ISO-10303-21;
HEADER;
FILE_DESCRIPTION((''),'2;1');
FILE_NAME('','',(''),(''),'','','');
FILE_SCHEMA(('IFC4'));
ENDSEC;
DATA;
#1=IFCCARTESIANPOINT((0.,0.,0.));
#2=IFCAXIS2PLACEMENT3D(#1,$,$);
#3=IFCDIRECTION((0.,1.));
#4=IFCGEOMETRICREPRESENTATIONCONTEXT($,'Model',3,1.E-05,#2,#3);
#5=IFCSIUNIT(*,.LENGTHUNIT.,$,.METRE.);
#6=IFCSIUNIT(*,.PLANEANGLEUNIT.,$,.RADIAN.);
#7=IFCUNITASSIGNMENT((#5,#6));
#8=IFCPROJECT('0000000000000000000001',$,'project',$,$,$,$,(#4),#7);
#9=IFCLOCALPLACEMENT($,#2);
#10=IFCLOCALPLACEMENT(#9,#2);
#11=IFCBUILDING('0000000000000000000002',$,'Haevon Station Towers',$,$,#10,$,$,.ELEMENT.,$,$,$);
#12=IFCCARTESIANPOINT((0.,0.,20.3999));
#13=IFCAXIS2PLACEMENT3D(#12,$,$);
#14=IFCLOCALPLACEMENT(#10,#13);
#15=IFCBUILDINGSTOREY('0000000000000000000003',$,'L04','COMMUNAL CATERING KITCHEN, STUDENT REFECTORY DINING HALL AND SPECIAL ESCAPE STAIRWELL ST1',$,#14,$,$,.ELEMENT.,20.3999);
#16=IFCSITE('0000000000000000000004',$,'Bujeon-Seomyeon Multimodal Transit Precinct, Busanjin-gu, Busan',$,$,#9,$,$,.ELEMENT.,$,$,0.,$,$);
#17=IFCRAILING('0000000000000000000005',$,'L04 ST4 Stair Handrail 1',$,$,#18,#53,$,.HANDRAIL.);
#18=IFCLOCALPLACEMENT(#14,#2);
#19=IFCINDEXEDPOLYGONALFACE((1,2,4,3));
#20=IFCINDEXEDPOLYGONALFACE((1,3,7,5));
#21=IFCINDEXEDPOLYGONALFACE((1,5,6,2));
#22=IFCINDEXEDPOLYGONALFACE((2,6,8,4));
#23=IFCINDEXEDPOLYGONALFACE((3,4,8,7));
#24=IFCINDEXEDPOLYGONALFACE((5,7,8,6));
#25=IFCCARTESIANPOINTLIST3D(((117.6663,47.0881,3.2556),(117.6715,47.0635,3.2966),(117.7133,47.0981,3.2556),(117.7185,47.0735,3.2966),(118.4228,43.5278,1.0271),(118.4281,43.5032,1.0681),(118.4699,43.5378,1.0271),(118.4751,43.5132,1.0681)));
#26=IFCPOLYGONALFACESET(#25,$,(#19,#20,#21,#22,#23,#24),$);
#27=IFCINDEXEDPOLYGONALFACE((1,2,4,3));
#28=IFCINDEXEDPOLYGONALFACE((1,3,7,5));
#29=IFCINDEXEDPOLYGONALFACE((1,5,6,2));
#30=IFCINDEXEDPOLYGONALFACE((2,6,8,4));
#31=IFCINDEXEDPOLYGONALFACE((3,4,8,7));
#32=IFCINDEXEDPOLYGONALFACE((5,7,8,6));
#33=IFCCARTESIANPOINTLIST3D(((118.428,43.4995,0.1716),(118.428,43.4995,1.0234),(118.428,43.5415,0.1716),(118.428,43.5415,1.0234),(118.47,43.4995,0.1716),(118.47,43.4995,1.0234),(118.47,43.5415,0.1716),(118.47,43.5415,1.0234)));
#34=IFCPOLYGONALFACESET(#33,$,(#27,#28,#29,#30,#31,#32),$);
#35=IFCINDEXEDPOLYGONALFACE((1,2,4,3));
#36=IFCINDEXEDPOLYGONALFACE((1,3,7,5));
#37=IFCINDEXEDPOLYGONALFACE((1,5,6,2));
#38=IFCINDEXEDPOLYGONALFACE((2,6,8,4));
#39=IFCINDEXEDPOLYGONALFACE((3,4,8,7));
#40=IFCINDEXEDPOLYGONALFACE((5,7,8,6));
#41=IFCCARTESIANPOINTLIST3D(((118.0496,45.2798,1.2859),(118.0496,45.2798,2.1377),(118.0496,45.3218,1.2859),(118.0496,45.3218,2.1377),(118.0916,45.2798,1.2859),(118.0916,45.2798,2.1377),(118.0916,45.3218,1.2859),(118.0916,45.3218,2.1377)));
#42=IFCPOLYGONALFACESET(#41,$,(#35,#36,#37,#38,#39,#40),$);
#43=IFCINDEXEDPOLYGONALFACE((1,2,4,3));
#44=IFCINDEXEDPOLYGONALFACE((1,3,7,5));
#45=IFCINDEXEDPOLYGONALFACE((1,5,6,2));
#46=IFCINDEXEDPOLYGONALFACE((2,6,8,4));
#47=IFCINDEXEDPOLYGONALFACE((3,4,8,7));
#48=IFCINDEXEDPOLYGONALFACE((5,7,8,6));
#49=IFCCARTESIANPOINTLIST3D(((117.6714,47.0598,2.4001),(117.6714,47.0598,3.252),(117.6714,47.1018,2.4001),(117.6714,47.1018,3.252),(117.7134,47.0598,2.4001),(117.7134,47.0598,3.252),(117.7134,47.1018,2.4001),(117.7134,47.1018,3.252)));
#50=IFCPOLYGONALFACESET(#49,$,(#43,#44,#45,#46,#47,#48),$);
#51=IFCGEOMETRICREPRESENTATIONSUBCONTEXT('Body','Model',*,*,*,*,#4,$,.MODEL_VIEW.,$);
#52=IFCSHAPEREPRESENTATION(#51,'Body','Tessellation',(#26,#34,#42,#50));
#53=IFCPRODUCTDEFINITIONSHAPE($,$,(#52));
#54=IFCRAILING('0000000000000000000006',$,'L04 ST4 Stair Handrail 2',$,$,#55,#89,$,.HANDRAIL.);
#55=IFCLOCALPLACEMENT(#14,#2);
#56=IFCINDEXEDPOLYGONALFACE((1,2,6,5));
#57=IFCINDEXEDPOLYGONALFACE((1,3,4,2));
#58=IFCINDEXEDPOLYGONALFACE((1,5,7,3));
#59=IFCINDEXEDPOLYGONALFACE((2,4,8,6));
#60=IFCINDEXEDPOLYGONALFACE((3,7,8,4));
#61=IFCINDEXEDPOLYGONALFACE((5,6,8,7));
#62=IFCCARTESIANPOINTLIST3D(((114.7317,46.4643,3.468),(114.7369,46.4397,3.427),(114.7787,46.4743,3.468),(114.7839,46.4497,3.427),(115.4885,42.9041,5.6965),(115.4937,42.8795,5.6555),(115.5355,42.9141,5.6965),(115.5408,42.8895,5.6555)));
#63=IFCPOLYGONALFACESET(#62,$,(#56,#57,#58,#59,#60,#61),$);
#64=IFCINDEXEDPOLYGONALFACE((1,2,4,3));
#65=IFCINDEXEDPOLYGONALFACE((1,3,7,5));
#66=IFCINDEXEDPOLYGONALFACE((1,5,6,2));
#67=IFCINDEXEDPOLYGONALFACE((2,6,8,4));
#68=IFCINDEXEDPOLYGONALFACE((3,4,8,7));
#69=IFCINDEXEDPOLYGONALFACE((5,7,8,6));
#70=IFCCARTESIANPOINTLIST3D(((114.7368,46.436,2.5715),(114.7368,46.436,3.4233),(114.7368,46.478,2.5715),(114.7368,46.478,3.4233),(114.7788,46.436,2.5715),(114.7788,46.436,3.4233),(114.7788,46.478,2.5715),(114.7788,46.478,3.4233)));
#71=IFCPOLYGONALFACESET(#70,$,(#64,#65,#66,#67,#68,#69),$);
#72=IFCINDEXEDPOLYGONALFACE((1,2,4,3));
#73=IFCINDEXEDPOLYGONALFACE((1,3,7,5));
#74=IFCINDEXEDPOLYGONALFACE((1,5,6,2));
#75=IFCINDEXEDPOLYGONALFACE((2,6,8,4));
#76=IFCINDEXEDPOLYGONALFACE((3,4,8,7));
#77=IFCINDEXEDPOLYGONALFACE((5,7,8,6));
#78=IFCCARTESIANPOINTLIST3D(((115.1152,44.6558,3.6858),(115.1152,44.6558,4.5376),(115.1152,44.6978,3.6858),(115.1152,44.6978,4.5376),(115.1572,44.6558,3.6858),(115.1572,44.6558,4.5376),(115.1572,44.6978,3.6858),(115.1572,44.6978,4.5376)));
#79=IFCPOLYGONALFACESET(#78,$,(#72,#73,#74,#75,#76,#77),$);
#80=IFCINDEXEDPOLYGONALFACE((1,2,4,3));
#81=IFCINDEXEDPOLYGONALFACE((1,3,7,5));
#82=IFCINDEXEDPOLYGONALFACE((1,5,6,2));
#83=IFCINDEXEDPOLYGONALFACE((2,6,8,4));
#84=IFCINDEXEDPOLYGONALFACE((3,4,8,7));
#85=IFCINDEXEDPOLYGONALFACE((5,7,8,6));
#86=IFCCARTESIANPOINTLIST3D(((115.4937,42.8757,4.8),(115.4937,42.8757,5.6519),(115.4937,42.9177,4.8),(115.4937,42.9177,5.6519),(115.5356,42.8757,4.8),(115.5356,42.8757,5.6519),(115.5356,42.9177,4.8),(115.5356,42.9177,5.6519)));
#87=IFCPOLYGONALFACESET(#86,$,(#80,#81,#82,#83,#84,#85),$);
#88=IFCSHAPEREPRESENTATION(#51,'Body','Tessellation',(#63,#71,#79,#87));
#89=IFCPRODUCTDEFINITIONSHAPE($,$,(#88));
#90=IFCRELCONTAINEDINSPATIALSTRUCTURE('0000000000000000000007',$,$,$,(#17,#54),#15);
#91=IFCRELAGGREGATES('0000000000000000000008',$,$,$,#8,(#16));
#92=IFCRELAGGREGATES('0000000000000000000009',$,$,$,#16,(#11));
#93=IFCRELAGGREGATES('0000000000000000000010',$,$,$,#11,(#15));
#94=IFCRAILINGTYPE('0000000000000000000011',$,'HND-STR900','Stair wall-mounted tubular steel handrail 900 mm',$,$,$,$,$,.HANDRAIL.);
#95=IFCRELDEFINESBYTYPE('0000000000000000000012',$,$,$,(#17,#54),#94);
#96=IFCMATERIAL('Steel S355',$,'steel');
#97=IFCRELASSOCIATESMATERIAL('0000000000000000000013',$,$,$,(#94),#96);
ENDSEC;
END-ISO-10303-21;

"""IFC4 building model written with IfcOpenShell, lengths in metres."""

from ifc_helpers import new_model, si_unit, direction, frame, origin, origin_2d, place, context, subcontext, project, spatial, rectangle, extrude, material, type_object, element, save


model = new_model("IFC4")

# Units and contexts
model_context = context("Model", 3, precision=1e-05, world=origin(), true_north=direction((0.0, 1.0)))
body_context = subcontext(model_context, "Body", "Model", "MODEL_VIEW")
ifc_project = project(units=[si_unit("LENGTHUNIT", "METRE"), si_unit("PLANEANGLEUNIT", "RADIAN")], contexts=[model_context])

# Site, building, storey
site_placement = place(None, origin())
site = spatial("IfcSite", under=ifc_project, at=site_placement, Name="Bujeon-Seomyeon Multimodal Transit Precinct, Busanjin-gu, Busan", CompositionType="ELEMENT", RefElevation=0.0)
building_placement = place(site_placement, origin())
building = spatial("IfcBuilding", under=site, at=building_placement, Name="Haevon Station Towers", CompositionType="ELEMENT")
storey_placement = place(building_placement, frame((0.0, 0.0, 20.3999)))
storey = spatial("IfcBuildingStorey", under=building, at=storey_placement, Name="L04", Description="COMMUNAL CATERING KITCHEN, STUDENT REFECTORY DINING HALL AND SPECIAL ESCAPE STAIRWELL ST1", CompositionType="ELEMENT", Elevation=20.3999)

# Shared definitions
ifc_material_1 = material(Name="Steel S355", Category="steel")

# Railings
railing_type_1 = type_object("IfcRailingType", Name="HND-STR900", Description="Stair wall-mounted tubular steel handrail 900 mm", PredefinedType="HANDRAIL", material=ifc_material_1)
railing_1_placement = place(storey_placement, frame((118.449, 43.5205, 0.1716)))
element("IfcRailing", 1, at=railing_1_placement, inside=storey, type_object=railing_type_1, Name="L04 ST4 Stair Handrail 1", PredefinedType="HANDRAIL", context=body_context, shape_type="SweptSolid", body=[
    extrude(rectangle(XDim=0.0481, YDim=0.0481, at=origin_2d()), frame((0.0, 0.0, 0.876), z_axis=(-0.177277, 0.834216, 0.522165), x_axis=(-0.978157, -0.207866, 0.0)), (0.0, 0.0, 1.0), 4.2678),
    extrude(rectangle(XDim=0.042, YDim=0.042, at=origin_2d()), origin(), (0.0, 0.0, 1.0), 0.8518),
    extrude(rectangle(XDim=0.042, YDim=0.042, at=origin_2d()), frame((-0.3784, 1.7803, 1.1143)), (0.0, 0.0, 1.0), 0.8518),
    extrude(rectangle(XDim=0.042, YDim=0.042, at=origin_2d()), frame((-0.7566, 3.5603, 2.2285)), (0.0, 0.0, 1.0), 0.8518),
])
railing_2_placement = place(storey_placement, frame((114.7578, 46.457, 2.5715)))
element("IfcRailing", 2, at=railing_2_placement, inside=storey, type_object=railing_type_1, Name="L04 ST4 Stair Handrail 2", PredefinedType="HANDRAIL", context=body_context, shape_type="SweptSolid", body=[
    extrude(rectangle(XDim=0.0481, YDim=0.0481, at=origin_2d()), frame((0.0, 0.0, 0.876), z_axis=(0.177333, -0.834208, 0.522159), x_axis=(0.978144, 0.20793, 0.0)), (0.0, 0.0, 1.0), 4.2678),
    extrude(rectangle(XDim=0.042, YDim=0.042, at=origin_2d()), origin(), (0.0, 0.0, 1.0), 0.8518),
    extrude(rectangle(XDim=0.042, YDim=0.042, at=origin_2d()), frame((0.3784, -1.7803, 1.1143)), (0.0, 0.0, 1.0), 0.8518),
    extrude(rectangle(XDim=0.042, YDim=0.042, at=origin_2d()), frame((0.7568, -3.5603, 2.2285)), (0.0, 0.0, 1.0), 0.8518),
])

save(model, "model.ifc")
